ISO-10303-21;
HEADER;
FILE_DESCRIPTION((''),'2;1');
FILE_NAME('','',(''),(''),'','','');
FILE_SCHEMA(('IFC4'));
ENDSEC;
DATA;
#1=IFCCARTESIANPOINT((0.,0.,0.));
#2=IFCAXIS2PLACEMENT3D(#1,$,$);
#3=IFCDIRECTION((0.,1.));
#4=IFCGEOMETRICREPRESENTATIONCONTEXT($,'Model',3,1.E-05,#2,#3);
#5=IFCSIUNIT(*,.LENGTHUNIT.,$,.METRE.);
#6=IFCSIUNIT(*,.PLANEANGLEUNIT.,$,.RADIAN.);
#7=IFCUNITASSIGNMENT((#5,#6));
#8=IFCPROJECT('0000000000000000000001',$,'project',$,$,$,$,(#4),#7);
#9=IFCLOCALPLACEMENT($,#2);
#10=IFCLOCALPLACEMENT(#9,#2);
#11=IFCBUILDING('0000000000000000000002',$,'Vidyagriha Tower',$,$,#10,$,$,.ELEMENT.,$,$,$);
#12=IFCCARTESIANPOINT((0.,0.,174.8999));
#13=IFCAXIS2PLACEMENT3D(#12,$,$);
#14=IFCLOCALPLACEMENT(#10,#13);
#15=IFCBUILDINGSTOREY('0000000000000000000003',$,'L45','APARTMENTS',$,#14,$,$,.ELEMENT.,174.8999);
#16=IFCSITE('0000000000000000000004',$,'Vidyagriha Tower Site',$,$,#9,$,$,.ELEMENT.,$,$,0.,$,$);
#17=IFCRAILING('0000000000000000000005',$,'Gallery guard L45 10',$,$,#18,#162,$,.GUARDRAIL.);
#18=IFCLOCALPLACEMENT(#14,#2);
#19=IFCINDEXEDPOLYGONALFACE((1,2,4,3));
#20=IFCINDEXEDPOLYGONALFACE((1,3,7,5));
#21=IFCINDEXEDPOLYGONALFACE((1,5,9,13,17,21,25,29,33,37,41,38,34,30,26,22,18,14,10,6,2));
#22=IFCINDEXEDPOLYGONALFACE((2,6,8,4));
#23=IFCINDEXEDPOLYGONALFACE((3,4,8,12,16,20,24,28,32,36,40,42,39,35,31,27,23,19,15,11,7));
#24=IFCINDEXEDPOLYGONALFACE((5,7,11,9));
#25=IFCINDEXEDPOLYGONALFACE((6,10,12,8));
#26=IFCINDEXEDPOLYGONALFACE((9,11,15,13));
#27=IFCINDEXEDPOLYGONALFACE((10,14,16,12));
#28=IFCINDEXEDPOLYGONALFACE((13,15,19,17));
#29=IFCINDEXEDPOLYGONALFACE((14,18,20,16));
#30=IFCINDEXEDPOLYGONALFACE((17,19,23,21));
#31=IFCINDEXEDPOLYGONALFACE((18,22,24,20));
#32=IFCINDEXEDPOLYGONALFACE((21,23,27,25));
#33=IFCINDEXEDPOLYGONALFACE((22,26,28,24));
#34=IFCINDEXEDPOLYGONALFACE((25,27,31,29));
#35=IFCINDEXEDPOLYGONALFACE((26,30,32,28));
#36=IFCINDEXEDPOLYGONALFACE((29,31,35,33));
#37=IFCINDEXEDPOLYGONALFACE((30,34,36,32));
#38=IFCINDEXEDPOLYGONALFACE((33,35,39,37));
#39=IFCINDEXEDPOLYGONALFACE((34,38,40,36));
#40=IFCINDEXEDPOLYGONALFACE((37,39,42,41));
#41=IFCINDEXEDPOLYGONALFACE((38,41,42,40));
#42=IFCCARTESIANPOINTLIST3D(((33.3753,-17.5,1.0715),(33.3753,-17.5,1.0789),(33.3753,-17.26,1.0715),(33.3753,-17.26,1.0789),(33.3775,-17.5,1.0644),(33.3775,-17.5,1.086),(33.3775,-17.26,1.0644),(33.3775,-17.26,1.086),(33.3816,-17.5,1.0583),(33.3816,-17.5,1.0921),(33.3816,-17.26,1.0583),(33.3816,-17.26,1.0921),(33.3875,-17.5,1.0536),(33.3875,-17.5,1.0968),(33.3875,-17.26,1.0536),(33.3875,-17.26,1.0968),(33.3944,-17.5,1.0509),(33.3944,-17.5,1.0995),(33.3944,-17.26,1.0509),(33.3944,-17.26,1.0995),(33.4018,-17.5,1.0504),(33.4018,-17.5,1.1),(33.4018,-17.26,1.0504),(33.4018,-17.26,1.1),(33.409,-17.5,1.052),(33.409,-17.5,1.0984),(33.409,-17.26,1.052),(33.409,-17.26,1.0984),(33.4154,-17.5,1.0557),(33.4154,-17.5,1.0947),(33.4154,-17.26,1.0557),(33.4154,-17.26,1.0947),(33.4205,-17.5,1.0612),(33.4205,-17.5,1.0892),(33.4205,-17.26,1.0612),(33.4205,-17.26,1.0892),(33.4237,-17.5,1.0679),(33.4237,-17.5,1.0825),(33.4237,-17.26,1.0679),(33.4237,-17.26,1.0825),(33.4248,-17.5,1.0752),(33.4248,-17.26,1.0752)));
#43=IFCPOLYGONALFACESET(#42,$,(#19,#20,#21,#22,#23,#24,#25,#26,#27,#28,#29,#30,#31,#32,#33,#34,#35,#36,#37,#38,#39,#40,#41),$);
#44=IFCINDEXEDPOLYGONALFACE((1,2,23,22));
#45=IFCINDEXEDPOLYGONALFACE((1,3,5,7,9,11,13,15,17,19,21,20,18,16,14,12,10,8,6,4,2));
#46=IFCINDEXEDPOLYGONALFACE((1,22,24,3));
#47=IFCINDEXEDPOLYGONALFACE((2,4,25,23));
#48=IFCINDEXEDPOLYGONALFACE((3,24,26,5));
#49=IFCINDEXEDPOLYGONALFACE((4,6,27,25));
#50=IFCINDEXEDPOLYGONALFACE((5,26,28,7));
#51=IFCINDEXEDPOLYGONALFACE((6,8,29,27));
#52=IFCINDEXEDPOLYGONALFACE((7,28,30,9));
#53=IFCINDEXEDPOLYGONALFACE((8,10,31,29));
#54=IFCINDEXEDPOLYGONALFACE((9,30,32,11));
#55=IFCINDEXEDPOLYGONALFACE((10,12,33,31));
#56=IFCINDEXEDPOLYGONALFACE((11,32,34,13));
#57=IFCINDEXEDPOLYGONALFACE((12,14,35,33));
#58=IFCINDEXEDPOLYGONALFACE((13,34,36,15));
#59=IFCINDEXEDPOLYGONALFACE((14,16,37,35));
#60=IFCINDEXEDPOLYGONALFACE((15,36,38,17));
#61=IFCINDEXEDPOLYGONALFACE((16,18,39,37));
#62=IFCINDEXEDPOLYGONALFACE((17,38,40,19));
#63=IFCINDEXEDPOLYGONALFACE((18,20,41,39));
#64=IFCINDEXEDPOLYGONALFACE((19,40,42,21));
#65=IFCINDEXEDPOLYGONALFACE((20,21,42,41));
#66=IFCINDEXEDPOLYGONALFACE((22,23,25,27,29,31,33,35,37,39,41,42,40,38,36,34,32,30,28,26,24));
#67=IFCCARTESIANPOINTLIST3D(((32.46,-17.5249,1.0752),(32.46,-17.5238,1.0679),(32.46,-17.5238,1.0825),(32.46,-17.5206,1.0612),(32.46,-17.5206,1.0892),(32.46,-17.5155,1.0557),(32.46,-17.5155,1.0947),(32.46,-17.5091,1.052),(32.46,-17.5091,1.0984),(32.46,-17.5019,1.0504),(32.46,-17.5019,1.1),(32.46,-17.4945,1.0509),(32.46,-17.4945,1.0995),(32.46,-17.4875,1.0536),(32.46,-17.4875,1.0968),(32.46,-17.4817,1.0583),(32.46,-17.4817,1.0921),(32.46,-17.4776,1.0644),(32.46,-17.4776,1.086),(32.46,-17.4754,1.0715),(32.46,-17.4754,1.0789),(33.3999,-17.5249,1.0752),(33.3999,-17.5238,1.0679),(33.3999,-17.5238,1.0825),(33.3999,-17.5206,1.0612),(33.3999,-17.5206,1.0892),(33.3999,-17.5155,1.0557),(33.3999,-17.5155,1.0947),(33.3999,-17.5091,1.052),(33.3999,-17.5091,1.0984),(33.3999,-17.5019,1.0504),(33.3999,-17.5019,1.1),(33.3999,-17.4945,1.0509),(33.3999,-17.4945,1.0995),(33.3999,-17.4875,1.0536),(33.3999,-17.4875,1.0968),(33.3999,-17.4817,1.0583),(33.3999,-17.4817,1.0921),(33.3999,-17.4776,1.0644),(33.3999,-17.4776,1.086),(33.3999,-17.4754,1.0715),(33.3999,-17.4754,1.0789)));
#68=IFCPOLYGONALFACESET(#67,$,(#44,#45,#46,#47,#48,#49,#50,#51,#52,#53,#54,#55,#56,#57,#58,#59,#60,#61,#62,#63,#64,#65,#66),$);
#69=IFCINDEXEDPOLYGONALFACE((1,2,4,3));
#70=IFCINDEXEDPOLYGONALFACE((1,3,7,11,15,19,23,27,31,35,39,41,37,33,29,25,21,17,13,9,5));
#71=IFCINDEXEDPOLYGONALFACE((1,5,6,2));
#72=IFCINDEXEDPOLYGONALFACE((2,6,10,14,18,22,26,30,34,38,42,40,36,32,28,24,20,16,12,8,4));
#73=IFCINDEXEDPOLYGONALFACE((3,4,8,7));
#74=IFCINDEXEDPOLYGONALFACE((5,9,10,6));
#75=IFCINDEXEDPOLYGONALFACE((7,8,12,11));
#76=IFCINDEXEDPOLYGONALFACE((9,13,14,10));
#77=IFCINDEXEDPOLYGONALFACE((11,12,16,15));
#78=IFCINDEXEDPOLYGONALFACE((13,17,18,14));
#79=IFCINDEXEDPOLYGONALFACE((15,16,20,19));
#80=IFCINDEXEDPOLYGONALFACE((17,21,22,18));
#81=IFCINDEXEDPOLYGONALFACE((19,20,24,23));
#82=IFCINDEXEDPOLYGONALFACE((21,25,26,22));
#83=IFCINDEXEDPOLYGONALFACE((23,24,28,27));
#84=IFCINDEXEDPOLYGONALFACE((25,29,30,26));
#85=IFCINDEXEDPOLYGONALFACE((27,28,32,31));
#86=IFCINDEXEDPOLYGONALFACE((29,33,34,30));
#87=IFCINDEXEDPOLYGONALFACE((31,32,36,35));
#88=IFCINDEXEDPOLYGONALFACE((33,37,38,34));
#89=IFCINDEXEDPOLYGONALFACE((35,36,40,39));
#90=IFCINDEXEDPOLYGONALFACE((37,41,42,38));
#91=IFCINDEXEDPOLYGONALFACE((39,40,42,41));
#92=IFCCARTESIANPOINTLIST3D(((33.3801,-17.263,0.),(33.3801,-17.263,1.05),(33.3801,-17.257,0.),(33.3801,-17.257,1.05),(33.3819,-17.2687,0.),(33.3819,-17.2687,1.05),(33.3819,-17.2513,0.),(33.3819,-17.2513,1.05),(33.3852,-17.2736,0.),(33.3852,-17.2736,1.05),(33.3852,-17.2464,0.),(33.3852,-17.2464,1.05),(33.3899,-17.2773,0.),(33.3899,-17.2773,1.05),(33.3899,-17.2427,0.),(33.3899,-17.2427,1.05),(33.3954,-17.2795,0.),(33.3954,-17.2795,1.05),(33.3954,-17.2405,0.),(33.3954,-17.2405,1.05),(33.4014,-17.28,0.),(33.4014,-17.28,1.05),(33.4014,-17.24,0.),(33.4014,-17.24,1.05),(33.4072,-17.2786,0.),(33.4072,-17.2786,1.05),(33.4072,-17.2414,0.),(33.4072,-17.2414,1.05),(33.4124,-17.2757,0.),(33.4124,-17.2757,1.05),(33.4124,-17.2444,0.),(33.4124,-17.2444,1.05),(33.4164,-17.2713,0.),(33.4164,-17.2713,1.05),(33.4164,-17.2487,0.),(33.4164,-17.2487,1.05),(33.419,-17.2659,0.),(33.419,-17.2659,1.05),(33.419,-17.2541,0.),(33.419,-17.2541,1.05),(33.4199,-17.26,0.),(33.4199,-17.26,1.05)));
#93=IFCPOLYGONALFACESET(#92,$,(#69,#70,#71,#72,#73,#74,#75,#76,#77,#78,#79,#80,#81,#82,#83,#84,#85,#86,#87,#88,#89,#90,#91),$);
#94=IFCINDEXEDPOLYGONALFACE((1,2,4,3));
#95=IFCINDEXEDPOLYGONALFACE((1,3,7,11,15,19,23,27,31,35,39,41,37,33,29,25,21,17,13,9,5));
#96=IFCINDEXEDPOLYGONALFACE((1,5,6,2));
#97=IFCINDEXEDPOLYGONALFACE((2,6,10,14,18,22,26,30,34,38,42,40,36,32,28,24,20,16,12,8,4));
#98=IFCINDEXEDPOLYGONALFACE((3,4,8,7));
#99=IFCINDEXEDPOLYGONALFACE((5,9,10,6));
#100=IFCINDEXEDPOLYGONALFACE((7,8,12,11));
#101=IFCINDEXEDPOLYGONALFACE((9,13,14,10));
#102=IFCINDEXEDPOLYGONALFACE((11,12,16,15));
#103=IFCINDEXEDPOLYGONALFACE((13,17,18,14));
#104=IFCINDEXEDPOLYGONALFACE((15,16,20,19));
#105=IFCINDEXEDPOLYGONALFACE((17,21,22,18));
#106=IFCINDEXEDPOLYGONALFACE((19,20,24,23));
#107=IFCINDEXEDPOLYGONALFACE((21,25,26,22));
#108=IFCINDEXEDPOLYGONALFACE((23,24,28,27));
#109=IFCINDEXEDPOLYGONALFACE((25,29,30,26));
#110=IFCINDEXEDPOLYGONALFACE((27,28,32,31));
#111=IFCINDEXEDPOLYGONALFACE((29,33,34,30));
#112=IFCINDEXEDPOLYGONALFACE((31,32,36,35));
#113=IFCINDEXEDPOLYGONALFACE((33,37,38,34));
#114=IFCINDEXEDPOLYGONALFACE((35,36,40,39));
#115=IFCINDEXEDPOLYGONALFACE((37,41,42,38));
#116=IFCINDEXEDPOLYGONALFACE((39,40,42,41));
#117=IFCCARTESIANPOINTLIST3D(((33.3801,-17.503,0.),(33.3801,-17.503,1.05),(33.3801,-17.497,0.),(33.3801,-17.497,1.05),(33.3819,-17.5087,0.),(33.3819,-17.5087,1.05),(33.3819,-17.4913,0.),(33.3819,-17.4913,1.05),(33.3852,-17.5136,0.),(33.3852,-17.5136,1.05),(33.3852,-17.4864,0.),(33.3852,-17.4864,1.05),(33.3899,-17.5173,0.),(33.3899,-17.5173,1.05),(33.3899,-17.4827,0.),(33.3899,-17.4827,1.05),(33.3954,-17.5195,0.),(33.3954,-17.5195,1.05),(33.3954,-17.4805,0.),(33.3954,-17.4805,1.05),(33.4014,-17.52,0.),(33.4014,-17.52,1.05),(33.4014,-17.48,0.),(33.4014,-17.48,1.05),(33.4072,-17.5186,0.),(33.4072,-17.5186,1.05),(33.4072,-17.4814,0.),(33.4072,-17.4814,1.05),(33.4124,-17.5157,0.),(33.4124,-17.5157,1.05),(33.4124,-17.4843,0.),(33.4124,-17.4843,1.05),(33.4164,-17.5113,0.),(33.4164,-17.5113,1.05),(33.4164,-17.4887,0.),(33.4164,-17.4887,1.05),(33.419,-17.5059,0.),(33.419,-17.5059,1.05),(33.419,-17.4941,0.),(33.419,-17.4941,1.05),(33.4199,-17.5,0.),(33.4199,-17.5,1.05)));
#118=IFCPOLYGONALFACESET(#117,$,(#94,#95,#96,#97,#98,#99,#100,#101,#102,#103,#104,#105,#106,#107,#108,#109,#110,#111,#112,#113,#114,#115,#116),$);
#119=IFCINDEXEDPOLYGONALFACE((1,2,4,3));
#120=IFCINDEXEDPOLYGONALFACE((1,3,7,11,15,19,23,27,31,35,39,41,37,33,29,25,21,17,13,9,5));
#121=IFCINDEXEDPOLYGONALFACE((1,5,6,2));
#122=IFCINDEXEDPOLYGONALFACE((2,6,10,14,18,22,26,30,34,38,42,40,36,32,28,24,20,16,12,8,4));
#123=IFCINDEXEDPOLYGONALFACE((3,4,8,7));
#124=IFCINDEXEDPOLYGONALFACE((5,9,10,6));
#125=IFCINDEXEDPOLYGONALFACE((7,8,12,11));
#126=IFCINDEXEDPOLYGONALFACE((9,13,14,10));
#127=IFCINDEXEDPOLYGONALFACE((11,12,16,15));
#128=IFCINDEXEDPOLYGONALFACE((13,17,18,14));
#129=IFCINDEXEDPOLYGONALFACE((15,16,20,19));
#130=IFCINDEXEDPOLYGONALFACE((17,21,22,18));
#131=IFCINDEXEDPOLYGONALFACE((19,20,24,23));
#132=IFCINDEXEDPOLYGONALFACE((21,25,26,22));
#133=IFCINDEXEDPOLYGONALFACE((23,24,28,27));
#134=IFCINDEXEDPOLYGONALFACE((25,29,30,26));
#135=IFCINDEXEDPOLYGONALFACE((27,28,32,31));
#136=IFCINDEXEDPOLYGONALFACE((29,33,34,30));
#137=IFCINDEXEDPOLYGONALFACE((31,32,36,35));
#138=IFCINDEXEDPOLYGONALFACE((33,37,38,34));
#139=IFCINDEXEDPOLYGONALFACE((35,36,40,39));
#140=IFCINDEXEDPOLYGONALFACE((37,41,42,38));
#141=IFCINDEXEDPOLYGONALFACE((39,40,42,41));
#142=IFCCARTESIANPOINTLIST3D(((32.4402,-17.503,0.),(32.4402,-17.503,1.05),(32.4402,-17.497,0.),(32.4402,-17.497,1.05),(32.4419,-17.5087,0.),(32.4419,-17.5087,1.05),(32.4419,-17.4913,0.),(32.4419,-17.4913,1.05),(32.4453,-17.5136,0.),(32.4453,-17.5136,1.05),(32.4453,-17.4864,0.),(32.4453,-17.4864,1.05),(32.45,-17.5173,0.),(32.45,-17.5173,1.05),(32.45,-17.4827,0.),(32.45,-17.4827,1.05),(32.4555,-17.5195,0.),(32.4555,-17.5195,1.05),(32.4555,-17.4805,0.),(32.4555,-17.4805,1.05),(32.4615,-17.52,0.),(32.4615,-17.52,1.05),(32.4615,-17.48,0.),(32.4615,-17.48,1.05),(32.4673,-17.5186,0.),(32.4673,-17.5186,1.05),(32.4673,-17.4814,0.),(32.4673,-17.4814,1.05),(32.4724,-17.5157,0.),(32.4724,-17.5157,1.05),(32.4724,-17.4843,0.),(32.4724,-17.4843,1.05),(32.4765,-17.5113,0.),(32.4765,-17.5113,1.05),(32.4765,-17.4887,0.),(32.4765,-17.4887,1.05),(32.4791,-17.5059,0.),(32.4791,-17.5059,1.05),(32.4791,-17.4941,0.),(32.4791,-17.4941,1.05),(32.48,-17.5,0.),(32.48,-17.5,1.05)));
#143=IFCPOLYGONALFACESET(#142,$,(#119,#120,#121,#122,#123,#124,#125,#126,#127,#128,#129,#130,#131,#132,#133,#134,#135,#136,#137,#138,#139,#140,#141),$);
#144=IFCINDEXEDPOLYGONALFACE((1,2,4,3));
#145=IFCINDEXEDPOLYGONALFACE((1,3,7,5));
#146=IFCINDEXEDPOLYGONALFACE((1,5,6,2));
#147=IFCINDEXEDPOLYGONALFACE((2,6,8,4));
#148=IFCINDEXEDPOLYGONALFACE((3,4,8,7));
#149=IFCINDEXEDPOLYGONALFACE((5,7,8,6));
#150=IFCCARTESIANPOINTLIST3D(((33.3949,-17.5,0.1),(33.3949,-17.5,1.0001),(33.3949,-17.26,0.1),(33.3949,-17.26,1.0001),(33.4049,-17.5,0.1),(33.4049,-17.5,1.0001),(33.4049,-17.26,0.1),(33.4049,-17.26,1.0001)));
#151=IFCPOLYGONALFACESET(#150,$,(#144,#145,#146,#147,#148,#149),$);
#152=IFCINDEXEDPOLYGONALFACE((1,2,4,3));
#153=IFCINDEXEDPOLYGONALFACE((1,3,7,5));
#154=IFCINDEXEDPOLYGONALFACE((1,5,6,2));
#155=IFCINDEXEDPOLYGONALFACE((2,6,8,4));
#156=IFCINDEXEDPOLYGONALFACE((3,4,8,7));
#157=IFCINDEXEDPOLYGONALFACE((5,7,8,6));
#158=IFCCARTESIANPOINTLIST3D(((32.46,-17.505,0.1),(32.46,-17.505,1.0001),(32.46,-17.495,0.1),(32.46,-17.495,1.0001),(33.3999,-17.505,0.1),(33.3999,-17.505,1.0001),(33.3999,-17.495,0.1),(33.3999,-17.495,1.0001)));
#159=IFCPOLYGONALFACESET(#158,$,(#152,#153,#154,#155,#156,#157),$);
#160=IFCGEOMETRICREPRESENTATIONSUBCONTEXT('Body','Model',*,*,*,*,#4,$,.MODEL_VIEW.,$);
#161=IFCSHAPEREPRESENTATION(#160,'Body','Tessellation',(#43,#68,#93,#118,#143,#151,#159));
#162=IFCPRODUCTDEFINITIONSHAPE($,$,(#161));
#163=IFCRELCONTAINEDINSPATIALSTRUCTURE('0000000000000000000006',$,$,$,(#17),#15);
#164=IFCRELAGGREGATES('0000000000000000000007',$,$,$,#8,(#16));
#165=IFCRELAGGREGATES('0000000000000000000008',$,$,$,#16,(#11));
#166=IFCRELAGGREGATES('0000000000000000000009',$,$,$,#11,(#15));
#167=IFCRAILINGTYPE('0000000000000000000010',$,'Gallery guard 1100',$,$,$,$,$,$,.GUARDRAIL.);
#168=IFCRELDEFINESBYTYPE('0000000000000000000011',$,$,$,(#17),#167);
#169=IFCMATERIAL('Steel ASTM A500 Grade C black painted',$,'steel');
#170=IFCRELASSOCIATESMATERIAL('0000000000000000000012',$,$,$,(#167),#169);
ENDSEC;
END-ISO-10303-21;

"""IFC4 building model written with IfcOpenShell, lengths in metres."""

from ifc_helpers import new_model, si_unit, direction, frame, origin, origin_2d, place, context, subcontext, project, spatial, rectangle, circle, extrude, material, type_object, element, save


model = new_model("IFC4")

# Units and contexts
model_context = context("Model", 3, precision=1e-05, world=origin(), true_north=direction((0.0, 1.0)))
body_context = subcontext(model_context, "Body", "Model", "MODEL_VIEW")
ifc_project = project(units=[si_unit("LENGTHUNIT", "METRE"), si_unit("PLANEANGLEUNIT", "RADIAN")], contexts=[model_context])

# Site, building, storey
site_placement = place(None, origin())
site = spatial("IfcSite", under=ifc_project, at=site_placement, Name="Vidyagriha Tower Site", CompositionType="ELEMENT", RefElevation=0.0)
building_placement = place(site_placement, origin())
building = spatial("IfcBuilding", under=site, at=building_placement, Name="Vidyagriha Tower", CompositionType="ELEMENT")
storey_placement = place(building_placement, frame((0.0, 0.0, 174.8999)))
storey = spatial("IfcBuildingStorey", under=building, at=storey_placement, Name="L45", Description="APARTMENTS", CompositionType="ELEMENT", Elevation=174.8999)

# Railing
ifc_material_1 = material(Name="Steel ASTM A500 Grade C black painted", Category="steel")
railing_type_1 = type_object("IfcRailingType", Name="Gallery guard 1100", PredefinedType="GUARDRAIL", material=ifc_material_1)
railing_1_placement = place(storey_placement, frame((33.3999, -17.26, 0.0)))
element("IfcRailing", 1, at=railing_1_placement, inside=storey, type_object=railing_type_1, Name="Gallery guard L45 10", PredefinedType="GUARDRAIL", context=body_context, shape_type="SweptSolid", body=[
    extrude(circle(Radius=0.0249, at=origin_2d()), frame((0.0, 0.0, 1.0752), z_axis=(0.0, -1.0, 0.0), x_axis=(1.0, 0.0, 0.0)), (0.0, 0.0, 1.0), 0.24),
    extrude(circle(Radius=0.0249, at=origin_2d()), frame((0.0, -0.24, 1.0752), z_axis=(-1.0, 0.0, 0.0), x_axis=(0.0, -1.0, 0.0)), (0.0, 0.0, 1.0), 0.9399),
    extrude(circle(Radius=0.02, at=origin_2d()), origin(), (0.0, 0.0, 1.0), 1.05),
    extrude(circle(Radius=0.02, at=origin_2d()), frame((0.0, -0.24, 0.0)), (0.0, 0.0, 1.0), 1.05),
    extrude(circle(Radius=0.02, at=origin_2d()), frame((-0.9399, -0.24, 0.0)), (0.0, 0.0, 1.0), 1.05),
    extrude(rectangle(XDim=0.01, YDim=0.9001, at=origin_2d()), frame((0.0, 0.0, 0.55), z_axis=(0.0, -1.0, 0.0), x_axis=(1.0, 0.0, 0.0)), (0.0, 0.0, 1.0), 0.24),
    extrude(rectangle(XDim=0.01, YDim=0.9001, at=origin_2d()), frame((0.0, -0.24, 0.55), z_axis=(-1.0, 0.0, 0.0), x_axis=(0.0, -1.0, 0.0)), (0.0, 0.0, 1.0), 0.9399),
])

save(model, "model.ifc")
